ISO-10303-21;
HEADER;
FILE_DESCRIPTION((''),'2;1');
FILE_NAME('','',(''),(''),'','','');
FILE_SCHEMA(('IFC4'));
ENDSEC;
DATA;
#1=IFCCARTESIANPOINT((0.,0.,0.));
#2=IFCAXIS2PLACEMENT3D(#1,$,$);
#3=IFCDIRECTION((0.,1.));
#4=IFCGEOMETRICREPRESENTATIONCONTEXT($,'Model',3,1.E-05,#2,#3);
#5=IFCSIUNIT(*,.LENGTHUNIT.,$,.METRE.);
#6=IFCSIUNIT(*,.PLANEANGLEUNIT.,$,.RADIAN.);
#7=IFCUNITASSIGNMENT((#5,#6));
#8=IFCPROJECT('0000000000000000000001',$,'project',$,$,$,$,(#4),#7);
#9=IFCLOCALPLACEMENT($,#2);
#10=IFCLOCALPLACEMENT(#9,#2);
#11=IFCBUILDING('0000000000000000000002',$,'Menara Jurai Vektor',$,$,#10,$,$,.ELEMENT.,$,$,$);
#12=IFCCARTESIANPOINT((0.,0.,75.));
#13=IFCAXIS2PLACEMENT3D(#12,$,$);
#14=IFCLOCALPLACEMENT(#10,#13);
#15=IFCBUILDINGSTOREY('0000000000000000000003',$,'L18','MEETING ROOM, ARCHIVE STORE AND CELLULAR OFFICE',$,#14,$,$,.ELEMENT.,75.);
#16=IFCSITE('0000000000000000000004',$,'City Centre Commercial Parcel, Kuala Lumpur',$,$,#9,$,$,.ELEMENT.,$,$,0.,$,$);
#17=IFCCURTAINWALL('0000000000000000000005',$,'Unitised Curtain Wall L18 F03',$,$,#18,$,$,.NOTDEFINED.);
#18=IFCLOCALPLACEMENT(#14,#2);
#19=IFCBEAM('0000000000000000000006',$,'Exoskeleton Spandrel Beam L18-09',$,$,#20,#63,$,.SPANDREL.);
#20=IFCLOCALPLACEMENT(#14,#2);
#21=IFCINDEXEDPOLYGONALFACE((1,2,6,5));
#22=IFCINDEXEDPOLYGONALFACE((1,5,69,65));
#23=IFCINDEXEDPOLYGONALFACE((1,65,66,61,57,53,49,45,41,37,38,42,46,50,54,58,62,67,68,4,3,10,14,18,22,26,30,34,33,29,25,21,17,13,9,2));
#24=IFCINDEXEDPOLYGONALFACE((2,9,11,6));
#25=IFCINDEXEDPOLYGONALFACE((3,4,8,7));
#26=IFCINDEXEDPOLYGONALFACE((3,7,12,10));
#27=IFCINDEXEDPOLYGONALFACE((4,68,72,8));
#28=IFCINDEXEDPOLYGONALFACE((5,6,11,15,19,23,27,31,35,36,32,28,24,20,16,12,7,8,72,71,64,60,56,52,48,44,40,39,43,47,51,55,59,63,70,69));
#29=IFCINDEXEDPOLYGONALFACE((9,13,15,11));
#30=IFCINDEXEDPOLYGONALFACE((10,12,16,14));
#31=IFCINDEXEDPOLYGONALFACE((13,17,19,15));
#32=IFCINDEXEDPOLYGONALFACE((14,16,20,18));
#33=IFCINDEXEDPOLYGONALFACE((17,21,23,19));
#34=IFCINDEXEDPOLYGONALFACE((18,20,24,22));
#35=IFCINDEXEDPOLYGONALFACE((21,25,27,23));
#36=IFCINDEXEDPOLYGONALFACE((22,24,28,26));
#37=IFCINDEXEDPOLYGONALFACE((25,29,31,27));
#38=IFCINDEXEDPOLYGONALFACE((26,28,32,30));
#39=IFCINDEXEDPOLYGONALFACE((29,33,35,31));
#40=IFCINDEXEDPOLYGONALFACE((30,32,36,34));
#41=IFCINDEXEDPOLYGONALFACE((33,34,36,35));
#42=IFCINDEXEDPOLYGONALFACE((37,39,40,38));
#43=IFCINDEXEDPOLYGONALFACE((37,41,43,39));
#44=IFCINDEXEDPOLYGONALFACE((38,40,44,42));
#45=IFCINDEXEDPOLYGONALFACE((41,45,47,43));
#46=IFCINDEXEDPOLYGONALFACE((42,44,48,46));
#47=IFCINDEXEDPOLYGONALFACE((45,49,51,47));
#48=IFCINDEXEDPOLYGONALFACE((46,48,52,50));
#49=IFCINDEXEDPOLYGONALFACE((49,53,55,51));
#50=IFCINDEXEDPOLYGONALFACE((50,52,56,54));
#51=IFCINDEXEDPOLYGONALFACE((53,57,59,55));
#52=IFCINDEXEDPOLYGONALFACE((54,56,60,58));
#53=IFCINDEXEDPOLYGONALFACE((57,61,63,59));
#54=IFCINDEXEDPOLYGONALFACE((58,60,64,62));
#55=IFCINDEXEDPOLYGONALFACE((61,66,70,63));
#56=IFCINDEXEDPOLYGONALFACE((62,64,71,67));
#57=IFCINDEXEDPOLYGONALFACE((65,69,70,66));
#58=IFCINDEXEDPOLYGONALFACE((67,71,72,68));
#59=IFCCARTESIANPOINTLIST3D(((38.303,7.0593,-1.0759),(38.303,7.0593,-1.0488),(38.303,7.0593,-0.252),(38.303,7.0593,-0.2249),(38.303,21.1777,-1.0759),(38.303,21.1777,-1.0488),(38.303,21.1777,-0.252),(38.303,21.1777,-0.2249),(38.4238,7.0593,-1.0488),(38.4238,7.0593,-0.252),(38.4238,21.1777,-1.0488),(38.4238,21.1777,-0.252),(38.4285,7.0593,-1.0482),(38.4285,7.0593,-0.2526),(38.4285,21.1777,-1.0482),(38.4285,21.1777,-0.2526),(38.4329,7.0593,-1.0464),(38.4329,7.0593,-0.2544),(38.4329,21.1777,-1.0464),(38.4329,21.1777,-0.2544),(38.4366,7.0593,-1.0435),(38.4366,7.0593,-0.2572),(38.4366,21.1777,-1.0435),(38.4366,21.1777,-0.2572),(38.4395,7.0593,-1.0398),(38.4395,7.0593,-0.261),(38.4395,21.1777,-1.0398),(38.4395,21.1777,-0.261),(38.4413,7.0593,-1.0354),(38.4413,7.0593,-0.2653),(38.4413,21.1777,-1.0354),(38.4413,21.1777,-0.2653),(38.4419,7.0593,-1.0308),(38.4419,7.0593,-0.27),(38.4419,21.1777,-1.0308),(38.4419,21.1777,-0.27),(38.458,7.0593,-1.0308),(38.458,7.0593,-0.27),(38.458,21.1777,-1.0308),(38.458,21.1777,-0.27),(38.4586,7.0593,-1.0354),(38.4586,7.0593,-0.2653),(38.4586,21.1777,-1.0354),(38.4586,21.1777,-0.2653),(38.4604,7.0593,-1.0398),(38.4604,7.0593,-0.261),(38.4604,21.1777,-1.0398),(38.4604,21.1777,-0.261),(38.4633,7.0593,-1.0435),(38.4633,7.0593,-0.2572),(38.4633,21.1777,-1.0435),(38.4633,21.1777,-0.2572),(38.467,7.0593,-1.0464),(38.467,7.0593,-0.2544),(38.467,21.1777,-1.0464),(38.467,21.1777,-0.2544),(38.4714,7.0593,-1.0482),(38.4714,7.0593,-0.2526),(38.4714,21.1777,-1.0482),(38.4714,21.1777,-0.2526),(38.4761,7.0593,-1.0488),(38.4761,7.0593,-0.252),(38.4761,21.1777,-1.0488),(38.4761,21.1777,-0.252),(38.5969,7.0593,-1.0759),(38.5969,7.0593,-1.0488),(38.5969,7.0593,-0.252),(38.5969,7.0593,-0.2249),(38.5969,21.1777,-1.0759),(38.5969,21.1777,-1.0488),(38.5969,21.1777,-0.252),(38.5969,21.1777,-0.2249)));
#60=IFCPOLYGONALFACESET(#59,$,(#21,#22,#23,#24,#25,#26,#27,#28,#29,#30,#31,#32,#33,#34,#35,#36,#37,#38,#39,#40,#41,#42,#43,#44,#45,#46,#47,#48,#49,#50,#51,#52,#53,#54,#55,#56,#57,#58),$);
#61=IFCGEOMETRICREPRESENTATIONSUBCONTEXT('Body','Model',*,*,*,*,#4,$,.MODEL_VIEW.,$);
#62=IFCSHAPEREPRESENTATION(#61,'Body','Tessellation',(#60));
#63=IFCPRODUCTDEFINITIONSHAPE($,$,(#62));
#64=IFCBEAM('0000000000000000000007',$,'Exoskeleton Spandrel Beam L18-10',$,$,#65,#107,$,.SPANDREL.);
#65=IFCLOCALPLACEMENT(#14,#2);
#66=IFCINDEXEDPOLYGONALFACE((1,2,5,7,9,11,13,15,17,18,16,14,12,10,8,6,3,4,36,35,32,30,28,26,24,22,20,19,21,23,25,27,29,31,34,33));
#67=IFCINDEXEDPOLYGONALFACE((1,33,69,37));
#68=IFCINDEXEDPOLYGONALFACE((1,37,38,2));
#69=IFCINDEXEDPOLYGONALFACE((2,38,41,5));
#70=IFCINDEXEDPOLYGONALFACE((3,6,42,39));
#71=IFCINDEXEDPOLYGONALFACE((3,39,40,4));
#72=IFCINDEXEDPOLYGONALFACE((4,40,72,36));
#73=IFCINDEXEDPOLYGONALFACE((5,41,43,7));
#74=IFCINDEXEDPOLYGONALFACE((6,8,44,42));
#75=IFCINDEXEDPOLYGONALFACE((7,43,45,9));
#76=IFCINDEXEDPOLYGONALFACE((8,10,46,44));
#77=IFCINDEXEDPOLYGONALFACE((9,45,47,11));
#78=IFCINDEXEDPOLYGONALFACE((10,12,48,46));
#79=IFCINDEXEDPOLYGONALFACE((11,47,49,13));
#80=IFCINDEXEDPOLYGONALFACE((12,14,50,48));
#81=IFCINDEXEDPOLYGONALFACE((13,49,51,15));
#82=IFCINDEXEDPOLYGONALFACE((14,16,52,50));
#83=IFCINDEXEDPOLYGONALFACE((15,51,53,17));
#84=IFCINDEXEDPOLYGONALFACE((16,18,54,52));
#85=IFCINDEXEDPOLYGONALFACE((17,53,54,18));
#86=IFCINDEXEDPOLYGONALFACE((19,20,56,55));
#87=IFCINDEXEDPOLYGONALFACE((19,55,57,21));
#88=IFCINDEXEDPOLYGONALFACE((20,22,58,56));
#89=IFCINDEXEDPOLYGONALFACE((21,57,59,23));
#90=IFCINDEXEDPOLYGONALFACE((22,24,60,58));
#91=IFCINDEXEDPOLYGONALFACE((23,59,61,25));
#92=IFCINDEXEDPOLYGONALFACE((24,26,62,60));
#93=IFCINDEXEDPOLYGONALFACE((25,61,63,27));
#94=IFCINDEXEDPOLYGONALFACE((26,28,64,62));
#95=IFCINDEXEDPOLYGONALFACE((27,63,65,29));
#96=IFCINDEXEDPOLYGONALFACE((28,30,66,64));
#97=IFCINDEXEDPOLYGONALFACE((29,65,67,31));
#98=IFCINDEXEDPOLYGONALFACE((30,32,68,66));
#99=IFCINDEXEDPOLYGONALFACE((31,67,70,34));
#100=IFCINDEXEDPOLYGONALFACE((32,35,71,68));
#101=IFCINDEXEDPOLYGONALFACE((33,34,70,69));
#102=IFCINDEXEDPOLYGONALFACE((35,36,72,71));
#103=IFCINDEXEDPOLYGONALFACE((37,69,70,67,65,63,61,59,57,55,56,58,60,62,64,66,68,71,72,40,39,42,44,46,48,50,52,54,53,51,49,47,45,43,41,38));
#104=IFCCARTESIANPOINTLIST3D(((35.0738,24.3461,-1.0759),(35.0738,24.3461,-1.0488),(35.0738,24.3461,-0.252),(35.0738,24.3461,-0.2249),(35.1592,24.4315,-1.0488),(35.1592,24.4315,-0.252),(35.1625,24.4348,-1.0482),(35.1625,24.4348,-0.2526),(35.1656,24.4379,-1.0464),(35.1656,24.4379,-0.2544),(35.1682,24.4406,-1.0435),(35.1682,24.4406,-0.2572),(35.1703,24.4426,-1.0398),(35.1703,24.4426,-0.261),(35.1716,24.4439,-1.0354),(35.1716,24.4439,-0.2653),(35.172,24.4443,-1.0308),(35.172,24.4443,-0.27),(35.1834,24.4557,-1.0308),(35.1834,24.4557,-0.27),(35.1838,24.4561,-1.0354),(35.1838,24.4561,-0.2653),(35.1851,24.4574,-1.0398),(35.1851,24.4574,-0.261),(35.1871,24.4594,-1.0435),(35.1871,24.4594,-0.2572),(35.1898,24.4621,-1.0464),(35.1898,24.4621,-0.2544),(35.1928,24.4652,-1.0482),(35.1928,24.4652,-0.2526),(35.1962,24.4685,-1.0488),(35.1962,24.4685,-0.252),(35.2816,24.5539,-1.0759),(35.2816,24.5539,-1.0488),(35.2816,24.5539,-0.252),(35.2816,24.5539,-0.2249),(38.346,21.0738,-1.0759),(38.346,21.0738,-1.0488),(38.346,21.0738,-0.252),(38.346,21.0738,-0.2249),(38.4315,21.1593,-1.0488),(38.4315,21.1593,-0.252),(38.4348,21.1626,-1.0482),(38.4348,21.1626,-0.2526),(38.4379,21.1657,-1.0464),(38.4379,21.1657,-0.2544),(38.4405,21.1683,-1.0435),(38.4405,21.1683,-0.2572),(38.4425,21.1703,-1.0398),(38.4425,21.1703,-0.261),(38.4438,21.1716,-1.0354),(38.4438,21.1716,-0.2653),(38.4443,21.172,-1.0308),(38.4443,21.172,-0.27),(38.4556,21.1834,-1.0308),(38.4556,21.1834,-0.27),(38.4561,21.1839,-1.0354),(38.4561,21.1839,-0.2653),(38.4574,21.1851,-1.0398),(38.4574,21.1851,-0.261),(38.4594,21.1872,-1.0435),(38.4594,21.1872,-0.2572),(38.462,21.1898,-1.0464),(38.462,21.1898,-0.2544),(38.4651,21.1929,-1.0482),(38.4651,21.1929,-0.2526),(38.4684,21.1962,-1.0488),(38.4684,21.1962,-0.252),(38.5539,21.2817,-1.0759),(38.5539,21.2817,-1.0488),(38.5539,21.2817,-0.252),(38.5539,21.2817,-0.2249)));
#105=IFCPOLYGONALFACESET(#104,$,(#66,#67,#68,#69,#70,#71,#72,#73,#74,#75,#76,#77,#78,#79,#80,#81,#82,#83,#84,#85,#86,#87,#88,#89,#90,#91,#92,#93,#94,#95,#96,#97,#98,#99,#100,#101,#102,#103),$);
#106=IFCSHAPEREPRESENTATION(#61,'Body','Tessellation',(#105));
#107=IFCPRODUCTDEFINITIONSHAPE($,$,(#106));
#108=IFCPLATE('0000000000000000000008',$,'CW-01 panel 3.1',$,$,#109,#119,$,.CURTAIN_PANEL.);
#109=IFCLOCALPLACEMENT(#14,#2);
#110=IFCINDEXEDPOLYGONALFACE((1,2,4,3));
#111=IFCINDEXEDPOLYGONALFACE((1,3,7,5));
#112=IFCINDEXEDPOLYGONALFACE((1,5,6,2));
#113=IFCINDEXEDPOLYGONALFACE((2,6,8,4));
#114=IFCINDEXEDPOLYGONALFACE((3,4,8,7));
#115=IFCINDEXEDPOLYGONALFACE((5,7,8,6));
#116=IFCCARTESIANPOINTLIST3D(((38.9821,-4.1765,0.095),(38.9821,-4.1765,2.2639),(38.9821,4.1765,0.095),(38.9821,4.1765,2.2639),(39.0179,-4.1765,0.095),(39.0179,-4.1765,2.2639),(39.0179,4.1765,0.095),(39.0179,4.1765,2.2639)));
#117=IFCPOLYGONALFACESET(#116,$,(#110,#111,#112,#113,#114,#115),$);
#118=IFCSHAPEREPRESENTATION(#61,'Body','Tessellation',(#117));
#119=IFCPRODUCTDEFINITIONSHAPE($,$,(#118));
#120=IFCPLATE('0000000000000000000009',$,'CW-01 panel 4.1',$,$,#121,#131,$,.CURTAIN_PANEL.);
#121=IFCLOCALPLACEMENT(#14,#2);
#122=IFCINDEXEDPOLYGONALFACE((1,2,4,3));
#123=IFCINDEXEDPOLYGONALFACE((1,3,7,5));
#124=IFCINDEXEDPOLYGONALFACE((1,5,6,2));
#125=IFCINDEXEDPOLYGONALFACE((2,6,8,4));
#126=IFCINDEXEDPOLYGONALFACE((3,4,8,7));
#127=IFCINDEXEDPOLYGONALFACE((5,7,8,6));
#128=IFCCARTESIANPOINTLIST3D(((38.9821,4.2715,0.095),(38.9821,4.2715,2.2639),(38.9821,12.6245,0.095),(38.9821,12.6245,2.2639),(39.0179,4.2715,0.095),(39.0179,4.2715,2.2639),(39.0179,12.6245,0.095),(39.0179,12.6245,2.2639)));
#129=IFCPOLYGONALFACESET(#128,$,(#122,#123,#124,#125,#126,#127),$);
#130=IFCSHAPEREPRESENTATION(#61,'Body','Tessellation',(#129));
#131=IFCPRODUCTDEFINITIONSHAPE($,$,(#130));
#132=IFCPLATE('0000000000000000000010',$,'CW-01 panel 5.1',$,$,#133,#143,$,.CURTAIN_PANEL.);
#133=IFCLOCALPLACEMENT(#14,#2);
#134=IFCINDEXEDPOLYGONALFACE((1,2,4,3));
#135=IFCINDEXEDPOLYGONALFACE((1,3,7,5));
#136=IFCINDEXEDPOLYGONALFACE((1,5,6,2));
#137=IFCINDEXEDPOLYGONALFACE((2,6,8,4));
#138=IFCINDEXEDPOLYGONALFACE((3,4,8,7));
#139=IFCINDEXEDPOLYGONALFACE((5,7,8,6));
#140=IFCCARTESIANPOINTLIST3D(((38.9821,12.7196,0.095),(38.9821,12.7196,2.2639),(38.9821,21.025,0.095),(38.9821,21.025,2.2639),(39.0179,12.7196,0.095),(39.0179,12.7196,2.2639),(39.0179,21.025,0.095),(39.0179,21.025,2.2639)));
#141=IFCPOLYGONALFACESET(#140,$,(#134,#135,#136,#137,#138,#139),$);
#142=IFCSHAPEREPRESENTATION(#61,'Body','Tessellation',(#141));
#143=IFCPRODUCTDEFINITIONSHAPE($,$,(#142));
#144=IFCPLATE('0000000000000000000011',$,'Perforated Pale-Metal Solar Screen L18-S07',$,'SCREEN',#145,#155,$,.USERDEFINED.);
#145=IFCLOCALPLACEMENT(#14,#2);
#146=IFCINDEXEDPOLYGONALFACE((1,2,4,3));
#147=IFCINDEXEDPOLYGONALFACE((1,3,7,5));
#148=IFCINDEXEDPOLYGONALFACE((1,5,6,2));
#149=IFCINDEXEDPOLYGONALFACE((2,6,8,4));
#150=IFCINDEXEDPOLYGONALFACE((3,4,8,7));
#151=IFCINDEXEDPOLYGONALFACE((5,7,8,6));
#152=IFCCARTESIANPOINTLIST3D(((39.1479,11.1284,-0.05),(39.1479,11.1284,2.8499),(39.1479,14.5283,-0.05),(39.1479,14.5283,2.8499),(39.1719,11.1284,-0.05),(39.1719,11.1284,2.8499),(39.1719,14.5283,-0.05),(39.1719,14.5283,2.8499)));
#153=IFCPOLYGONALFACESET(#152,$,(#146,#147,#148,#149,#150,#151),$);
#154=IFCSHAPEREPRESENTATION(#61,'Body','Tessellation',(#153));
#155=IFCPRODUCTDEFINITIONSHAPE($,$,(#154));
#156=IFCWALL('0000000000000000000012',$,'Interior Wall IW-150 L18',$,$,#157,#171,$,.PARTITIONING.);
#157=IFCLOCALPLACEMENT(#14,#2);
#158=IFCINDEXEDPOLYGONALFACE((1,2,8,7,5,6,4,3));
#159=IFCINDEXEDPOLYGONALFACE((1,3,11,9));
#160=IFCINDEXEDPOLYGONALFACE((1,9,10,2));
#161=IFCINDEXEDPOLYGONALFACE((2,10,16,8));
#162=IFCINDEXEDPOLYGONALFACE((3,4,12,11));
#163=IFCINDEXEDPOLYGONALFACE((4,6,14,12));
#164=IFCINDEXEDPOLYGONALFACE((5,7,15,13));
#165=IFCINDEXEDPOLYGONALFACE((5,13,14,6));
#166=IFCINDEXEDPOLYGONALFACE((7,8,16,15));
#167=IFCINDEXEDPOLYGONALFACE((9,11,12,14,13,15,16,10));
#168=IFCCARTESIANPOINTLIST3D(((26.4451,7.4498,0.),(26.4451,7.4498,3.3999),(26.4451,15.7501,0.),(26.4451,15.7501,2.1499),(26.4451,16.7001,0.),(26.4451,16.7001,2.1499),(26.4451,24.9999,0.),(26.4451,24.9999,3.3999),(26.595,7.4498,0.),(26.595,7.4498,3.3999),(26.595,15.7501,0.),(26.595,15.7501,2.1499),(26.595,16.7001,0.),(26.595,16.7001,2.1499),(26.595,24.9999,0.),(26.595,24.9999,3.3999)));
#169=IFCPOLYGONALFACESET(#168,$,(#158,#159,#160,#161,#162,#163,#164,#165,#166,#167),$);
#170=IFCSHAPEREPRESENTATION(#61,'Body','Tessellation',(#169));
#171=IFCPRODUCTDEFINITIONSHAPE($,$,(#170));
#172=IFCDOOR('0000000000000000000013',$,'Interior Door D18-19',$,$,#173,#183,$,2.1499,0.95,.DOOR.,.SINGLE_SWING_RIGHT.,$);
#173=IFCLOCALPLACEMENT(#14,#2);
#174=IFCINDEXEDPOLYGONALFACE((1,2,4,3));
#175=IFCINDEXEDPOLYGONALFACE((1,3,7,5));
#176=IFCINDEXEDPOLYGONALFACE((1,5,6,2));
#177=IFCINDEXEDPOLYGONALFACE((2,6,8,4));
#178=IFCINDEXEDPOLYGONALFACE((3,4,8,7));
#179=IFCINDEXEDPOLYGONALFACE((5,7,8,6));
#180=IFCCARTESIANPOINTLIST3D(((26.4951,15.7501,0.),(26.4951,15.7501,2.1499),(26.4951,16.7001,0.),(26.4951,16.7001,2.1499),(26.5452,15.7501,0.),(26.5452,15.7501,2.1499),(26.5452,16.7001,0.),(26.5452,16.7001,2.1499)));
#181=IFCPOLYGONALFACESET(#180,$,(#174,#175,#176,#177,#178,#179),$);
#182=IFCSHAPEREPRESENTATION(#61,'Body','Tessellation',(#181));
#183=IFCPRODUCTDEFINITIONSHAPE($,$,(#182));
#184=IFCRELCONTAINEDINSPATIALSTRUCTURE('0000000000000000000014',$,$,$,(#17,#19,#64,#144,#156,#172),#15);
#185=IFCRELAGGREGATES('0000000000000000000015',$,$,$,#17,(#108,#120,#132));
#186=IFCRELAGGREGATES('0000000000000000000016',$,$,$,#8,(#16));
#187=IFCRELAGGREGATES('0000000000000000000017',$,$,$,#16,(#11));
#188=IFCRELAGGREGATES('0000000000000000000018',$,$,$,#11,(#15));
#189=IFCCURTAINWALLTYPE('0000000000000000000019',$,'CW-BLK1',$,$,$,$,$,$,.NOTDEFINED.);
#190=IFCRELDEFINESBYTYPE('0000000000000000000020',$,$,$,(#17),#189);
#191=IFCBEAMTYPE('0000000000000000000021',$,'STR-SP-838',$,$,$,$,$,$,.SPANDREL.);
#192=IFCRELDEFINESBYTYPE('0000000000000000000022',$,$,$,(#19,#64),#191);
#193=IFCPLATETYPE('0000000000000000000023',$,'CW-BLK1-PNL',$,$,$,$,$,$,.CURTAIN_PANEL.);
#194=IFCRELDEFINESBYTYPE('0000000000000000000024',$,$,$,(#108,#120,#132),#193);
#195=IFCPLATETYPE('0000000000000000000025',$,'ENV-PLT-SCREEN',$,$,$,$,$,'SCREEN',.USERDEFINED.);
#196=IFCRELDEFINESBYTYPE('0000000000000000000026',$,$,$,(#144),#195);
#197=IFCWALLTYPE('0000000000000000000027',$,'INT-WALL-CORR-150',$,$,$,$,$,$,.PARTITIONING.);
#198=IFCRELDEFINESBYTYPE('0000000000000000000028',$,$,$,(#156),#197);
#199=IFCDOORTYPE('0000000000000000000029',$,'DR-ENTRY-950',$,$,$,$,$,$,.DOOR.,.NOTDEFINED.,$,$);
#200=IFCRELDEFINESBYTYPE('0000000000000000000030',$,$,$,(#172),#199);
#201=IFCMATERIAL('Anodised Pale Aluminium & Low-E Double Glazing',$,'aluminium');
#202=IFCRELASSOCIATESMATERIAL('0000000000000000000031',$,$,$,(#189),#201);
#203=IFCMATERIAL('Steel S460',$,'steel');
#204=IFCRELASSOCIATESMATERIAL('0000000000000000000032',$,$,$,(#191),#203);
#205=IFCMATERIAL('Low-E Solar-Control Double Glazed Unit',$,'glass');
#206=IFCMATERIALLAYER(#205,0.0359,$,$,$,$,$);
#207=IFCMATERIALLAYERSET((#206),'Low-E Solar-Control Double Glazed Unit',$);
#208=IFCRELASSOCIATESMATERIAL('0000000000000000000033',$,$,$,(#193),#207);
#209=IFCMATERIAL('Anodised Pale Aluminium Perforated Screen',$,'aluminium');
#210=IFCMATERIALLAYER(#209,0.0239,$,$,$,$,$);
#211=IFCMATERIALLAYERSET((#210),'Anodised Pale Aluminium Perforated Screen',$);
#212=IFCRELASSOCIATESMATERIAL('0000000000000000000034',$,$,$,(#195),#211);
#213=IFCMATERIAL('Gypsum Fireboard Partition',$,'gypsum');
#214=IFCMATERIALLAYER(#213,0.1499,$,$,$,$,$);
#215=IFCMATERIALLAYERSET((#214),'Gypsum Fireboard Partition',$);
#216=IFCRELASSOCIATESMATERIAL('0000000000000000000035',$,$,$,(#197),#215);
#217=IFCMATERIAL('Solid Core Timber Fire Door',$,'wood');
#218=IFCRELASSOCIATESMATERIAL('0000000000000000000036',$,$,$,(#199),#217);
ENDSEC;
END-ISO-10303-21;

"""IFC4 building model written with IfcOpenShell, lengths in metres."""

from ifc_helpers import new_model, si_unit, direction, frame, frame_2d, origin, origin_2d, place, context, subcontext, project, spatial, rectangle, i_section, extrude, material, layer, layer_set, material_profile, profile_set, type_object, element, fill, aggregate, save


model = new_model("IFC4")

# Units and contexts
model_context = context("Model", 3, precision=1e-05, world=origin(), true_north=direction((0.0, 1.0)))
body_context = subcontext(model_context, "Body", "Model", "MODEL_VIEW")
ifc_project = project(units=[si_unit("LENGTHUNIT", "METRE"), si_unit("PLANEANGLEUNIT", "RADIAN")], contexts=[model_context])

# Site, building, storey
site_placement = place(None, origin())
site = spatial("IfcSite", under=ifc_project, at=site_placement, Name="City Centre Commercial Parcel, Kuala Lumpur", CompositionType="ELEMENT", RefElevation=0.0)
building_placement = place(site_placement, origin())
building = spatial("IfcBuilding", under=site, at=building_placement, Name="Menara Jurai Vektor", CompositionType="ELEMENT")
storey_placement = place(building_placement, frame((0.0, 0.0, 75.0)))
storey = spatial("IfcBuildingStorey", under=building, at=storey_placement, Name="L18", Description="MEETING ROOM, ARCHIVE STORE AND CELLULAR OFFICE", CompositionType="ELEMENT", Elevation=75.0)

# Shared definitions
ifc_material_1 = material(Name="Steel S460", Category="steel")

# Curtain wall
ifc_material_2 = material(Name="Anodised Pale Aluminium & Low-E Double Glazing", Category="aluminium")
curtain_wall_type = type_object("IfcCurtainWallType", Name="CW-BLK1", PredefinedType="NOTDEFINED", material=ifc_material_2)
curtain_wall_placement = place(storey_placement, origin())
curtain_wall = element("IfcCurtainWall", 1, at=curtain_wall_placement, inside=storey, type_object=curtain_wall_type, Name="Unitised Curtain Wall L18 F03", PredefinedType="NOTDEFINED")

# Beams
ifc_material_profile_1 = material_profile(ifc_material_1, i_section(OverallWidth=0.2939, OverallDepth=0.8511, WebThickness=0.0161, FlangeThickness=0.0271, FilletRadius=0.0181, at=origin_2d()), Name="UKB 838x292x226")
ifc_profile_set_1 = profile_set([ifc_material_profile_1], Name="Steel S460")
beam_type_1 = type_object("IfcBeamType", Name="STR-SP-838", PredefinedType="SPANDREL", material=ifc_profile_set_1)
beam_1_placement = place(storey_placement, frame((38.45, 7.0593, -0.6504), z_axis=(0.0, 1.0, 0.0), x_axis=(-1.0, 0.0, 0.0)))
element("IfcBeam", 2, at=beam_1_placement, inside=storey, type_object=beam_type_1, Name="Exoskeleton Spandrel Beam L18-09", PredefinedType="SPANDREL", context=body_context, shape_type="SweptSolid", body=[
    extrude(i_section(OverallWidth=0.2939, OverallDepth=0.8511, WebThickness=0.0161, FlangeThickness=0.0271, FilletRadius=0.0181, at=origin_2d()), origin(), (0.0, 0.0, 1.0), 14.1184),
])
beam_2_placement = place(storey_placement, frame((38.45, 21.1777, -0.6504), z_axis=(-0.707107, 0.707107, 0.0), x_axis=(-0.707107, -0.707107, 0.0)))
element("IfcBeam", 3, at=beam_2_placement, inside=storey, type_object=beam_type_1, Name="Exoskeleton Spandrel Beam L18-10", PredefinedType="SPANDREL", context=body_context, shape_type="SweptSolid", body=[
    extrude(i_section(OverallWidth=0.2939, OverallDepth=0.8511, WebThickness=0.0161, FlangeThickness=0.0271, FilletRadius=0.0181, at=origin_2d()), origin(), (0.0, 0.0, 1.0), 4.6277),
])

# Plates
ifc_material_3 = material(Name="Low-E Solar-Control Double Glazed Unit", Category="glass")
ifc_layer_1 = layer(ifc_material_3, 0.0359)
ifc_layer_set_1 = layer_set([ifc_layer_1], Name="Low-E Solar-Control Double Glazed Unit")
plate_type_1 = type_object("IfcPlateType", Name="CW-BLK1-PNL", PredefinedType="CURTAIN_PANEL", material=ifc_layer_set_1)
plate_1_placement = place(storey_placement, frame((39.0, 0.0, 0.095), z_axis=(0.0, 0.0, 1.0), x_axis=(0.0, 1.0, 0.0)))
plate_1 = element("IfcPlate", 4, at=plate_1_placement, type_object=plate_type_1, Name="CW-01 panel 3.1", PredefinedType="CURTAIN_PANEL", context=body_context, shape_type="SweptSolid", body=[
    extrude(rectangle(XDim=8.353, YDim=0.0359, at=origin_2d()), origin(), (0.0, 0.0, 1.0), 2.1689),
])
plate_2_placement = place(storey_placement, frame((39.0, 8.448, 0.095), z_axis=(0.0, 0.0, 1.0), x_axis=(0.0, 1.0, 0.0)))
plate_2 = element("IfcPlate", 5, at=plate_2_placement, type_object=plate_type_1, Name="CW-01 panel 4.1", PredefinedType="CURTAIN_PANEL", context=body_context, shape_type="SweptSolid", body=[
    extrude(rectangle(XDim=8.353, YDim=0.0359, at=origin_2d()), origin(), (0.0, 0.0, 1.0), 2.1689),
])
plate_3_placement = place(storey_placement, frame((39.0, 16.8723, 0.095), z_axis=(0.0, 0.0, 1.0), x_axis=(0.0, 1.0, 0.0)))
plate_3 = element("IfcPlate", 6, at=plate_3_placement, type_object=plate_type_1, Name="CW-01 panel 5.1", PredefinedType="CURTAIN_PANEL", context=body_context, shape_type="SweptSolid", body=[
    extrude(rectangle(XDim=8.3054, YDim=0.0359, at=origin_2d()), origin(), (0.0, 0.0, 1.0), 2.1689),
])
aggregate(curtain_wall, [plate_1, plate_2, plate_3])
ifc_material_4 = material(Name="Anodised Pale Aluminium Perforated Screen", Category="aluminium")
ifc_layer_2 = layer(ifc_material_4, 0.0239)
ifc_layer_set_2 = layer_set([ifc_layer_2], Name="Anodised Pale Aluminium Perforated Screen")
plate_type_2 = type_object("IfcPlateType", Name="ENV-PLT-SCREEN", ElementType="SCREEN", PredefinedType="USERDEFINED", material=ifc_layer_set_2)
plate_4_placement = place(storey_placement, frame((39.1599, 12.8284, -0.05), z_axis=(0.0, 0.0, 1.0), x_axis=(0.0, 1.0, 0.0)))
element("IfcPlate", 7, at=plate_4_placement, inside=storey, type_object=plate_type_2, Name="Perforated Pale-Metal Solar Screen L18-S07", ObjectType="SCREEN", PredefinedType="USERDEFINED", context=body_context, shape_type="SweptSolid", body=[
    extrude(rectangle(XDim=3.3999, YDim=0.0239, at=origin_2d()), origin(), (0.0, 0.0, 1.0), 2.8999),
])

# Wall, opening, door
ifc_material_5 = material(Name="Gypsum Fireboard Partition", Category="gypsum")
ifc_layer_3 = layer(ifc_material_5, 0.1499)
ifc_layer_set_3 = layer_set([ifc_layer_3], Name="Gypsum Fireboard Partition")
wall_type_1 = type_object("IfcWallType", Name="INT-WALL-CORR-150", PredefinedType="PARTITIONING", material=ifc_layer_set_3)
wall_1_placement = place(storey_placement, frame((26.52, 7.45, 0.0), z_axis=(0.0, 0.0, 1.0), x_axis=(0.0, 1.0, 0.0)))
wall_1 = element("IfcWall", 8, at=wall_1_placement, inside=storey, type_object=wall_type_1, Name="Interior Wall IW-150 L18", PredefinedType="PARTITIONING", context=body_context, shape_type="SweptSolid", body=[
    extrude(rectangle(XDim=17.55, YDim=0.1499, at=frame_2d((8.7749, 0.0))), origin(), (0.0, 0.0, 1.0), 3.3999),
])
opening_placement = place(wall_1_placement, frame((8.3, 0.0, 0.0)))
opening = element("IfcOpeningElement", 9, at=opening_placement, cuts=wall_1, PredefinedType="OPENING", context=body_context, shape_type="SweptSolid", body=[
    extrude(rectangle(XDim=0.95, YDim=2.1499, at=frame_2d((0.4751, 1.075))), frame((0.0, 0.085, 0.0), z_axis=(0.0, -1.0, 0.0), x_axis=(1.0, 0.0, 0.0)), (0.0, 0.0, 1.0), 0.1699),
])
ifc_material_6 = material(Name="Solid Core Timber Fire Door", Category="wood")
door_type = type_object("IfcDoorType", Name="DR-ENTRY-950", OperationType="NOTDEFINED", PredefinedType="DOOR", material=ifc_material_6)
door_placement = place(opening_placement, origin())
door = element("IfcDoor", 10, at=door_placement, inside=storey, type_object=door_type, Name="Interior Door D18-19", OperationType="SINGLE_SWING_RIGHT", OverallHeight=2.1499, OverallWidth=0.95, PredefinedType="DOOR", context=body_context, shape_type="SweptSolid", body=[
    extrude(rectangle(XDim=0.95, YDim=2.1499, at=frame_2d((0.4751, 1.075))), frame((0.0, 0.0249, 0.0), z_axis=(0.0, -1.0, 0.0), x_axis=(1.0, 0.0, 0.0)), (0.0, 0.0, 1.0), 0.05),
])
fill(opening, door)

save(model, "model.ifc")
